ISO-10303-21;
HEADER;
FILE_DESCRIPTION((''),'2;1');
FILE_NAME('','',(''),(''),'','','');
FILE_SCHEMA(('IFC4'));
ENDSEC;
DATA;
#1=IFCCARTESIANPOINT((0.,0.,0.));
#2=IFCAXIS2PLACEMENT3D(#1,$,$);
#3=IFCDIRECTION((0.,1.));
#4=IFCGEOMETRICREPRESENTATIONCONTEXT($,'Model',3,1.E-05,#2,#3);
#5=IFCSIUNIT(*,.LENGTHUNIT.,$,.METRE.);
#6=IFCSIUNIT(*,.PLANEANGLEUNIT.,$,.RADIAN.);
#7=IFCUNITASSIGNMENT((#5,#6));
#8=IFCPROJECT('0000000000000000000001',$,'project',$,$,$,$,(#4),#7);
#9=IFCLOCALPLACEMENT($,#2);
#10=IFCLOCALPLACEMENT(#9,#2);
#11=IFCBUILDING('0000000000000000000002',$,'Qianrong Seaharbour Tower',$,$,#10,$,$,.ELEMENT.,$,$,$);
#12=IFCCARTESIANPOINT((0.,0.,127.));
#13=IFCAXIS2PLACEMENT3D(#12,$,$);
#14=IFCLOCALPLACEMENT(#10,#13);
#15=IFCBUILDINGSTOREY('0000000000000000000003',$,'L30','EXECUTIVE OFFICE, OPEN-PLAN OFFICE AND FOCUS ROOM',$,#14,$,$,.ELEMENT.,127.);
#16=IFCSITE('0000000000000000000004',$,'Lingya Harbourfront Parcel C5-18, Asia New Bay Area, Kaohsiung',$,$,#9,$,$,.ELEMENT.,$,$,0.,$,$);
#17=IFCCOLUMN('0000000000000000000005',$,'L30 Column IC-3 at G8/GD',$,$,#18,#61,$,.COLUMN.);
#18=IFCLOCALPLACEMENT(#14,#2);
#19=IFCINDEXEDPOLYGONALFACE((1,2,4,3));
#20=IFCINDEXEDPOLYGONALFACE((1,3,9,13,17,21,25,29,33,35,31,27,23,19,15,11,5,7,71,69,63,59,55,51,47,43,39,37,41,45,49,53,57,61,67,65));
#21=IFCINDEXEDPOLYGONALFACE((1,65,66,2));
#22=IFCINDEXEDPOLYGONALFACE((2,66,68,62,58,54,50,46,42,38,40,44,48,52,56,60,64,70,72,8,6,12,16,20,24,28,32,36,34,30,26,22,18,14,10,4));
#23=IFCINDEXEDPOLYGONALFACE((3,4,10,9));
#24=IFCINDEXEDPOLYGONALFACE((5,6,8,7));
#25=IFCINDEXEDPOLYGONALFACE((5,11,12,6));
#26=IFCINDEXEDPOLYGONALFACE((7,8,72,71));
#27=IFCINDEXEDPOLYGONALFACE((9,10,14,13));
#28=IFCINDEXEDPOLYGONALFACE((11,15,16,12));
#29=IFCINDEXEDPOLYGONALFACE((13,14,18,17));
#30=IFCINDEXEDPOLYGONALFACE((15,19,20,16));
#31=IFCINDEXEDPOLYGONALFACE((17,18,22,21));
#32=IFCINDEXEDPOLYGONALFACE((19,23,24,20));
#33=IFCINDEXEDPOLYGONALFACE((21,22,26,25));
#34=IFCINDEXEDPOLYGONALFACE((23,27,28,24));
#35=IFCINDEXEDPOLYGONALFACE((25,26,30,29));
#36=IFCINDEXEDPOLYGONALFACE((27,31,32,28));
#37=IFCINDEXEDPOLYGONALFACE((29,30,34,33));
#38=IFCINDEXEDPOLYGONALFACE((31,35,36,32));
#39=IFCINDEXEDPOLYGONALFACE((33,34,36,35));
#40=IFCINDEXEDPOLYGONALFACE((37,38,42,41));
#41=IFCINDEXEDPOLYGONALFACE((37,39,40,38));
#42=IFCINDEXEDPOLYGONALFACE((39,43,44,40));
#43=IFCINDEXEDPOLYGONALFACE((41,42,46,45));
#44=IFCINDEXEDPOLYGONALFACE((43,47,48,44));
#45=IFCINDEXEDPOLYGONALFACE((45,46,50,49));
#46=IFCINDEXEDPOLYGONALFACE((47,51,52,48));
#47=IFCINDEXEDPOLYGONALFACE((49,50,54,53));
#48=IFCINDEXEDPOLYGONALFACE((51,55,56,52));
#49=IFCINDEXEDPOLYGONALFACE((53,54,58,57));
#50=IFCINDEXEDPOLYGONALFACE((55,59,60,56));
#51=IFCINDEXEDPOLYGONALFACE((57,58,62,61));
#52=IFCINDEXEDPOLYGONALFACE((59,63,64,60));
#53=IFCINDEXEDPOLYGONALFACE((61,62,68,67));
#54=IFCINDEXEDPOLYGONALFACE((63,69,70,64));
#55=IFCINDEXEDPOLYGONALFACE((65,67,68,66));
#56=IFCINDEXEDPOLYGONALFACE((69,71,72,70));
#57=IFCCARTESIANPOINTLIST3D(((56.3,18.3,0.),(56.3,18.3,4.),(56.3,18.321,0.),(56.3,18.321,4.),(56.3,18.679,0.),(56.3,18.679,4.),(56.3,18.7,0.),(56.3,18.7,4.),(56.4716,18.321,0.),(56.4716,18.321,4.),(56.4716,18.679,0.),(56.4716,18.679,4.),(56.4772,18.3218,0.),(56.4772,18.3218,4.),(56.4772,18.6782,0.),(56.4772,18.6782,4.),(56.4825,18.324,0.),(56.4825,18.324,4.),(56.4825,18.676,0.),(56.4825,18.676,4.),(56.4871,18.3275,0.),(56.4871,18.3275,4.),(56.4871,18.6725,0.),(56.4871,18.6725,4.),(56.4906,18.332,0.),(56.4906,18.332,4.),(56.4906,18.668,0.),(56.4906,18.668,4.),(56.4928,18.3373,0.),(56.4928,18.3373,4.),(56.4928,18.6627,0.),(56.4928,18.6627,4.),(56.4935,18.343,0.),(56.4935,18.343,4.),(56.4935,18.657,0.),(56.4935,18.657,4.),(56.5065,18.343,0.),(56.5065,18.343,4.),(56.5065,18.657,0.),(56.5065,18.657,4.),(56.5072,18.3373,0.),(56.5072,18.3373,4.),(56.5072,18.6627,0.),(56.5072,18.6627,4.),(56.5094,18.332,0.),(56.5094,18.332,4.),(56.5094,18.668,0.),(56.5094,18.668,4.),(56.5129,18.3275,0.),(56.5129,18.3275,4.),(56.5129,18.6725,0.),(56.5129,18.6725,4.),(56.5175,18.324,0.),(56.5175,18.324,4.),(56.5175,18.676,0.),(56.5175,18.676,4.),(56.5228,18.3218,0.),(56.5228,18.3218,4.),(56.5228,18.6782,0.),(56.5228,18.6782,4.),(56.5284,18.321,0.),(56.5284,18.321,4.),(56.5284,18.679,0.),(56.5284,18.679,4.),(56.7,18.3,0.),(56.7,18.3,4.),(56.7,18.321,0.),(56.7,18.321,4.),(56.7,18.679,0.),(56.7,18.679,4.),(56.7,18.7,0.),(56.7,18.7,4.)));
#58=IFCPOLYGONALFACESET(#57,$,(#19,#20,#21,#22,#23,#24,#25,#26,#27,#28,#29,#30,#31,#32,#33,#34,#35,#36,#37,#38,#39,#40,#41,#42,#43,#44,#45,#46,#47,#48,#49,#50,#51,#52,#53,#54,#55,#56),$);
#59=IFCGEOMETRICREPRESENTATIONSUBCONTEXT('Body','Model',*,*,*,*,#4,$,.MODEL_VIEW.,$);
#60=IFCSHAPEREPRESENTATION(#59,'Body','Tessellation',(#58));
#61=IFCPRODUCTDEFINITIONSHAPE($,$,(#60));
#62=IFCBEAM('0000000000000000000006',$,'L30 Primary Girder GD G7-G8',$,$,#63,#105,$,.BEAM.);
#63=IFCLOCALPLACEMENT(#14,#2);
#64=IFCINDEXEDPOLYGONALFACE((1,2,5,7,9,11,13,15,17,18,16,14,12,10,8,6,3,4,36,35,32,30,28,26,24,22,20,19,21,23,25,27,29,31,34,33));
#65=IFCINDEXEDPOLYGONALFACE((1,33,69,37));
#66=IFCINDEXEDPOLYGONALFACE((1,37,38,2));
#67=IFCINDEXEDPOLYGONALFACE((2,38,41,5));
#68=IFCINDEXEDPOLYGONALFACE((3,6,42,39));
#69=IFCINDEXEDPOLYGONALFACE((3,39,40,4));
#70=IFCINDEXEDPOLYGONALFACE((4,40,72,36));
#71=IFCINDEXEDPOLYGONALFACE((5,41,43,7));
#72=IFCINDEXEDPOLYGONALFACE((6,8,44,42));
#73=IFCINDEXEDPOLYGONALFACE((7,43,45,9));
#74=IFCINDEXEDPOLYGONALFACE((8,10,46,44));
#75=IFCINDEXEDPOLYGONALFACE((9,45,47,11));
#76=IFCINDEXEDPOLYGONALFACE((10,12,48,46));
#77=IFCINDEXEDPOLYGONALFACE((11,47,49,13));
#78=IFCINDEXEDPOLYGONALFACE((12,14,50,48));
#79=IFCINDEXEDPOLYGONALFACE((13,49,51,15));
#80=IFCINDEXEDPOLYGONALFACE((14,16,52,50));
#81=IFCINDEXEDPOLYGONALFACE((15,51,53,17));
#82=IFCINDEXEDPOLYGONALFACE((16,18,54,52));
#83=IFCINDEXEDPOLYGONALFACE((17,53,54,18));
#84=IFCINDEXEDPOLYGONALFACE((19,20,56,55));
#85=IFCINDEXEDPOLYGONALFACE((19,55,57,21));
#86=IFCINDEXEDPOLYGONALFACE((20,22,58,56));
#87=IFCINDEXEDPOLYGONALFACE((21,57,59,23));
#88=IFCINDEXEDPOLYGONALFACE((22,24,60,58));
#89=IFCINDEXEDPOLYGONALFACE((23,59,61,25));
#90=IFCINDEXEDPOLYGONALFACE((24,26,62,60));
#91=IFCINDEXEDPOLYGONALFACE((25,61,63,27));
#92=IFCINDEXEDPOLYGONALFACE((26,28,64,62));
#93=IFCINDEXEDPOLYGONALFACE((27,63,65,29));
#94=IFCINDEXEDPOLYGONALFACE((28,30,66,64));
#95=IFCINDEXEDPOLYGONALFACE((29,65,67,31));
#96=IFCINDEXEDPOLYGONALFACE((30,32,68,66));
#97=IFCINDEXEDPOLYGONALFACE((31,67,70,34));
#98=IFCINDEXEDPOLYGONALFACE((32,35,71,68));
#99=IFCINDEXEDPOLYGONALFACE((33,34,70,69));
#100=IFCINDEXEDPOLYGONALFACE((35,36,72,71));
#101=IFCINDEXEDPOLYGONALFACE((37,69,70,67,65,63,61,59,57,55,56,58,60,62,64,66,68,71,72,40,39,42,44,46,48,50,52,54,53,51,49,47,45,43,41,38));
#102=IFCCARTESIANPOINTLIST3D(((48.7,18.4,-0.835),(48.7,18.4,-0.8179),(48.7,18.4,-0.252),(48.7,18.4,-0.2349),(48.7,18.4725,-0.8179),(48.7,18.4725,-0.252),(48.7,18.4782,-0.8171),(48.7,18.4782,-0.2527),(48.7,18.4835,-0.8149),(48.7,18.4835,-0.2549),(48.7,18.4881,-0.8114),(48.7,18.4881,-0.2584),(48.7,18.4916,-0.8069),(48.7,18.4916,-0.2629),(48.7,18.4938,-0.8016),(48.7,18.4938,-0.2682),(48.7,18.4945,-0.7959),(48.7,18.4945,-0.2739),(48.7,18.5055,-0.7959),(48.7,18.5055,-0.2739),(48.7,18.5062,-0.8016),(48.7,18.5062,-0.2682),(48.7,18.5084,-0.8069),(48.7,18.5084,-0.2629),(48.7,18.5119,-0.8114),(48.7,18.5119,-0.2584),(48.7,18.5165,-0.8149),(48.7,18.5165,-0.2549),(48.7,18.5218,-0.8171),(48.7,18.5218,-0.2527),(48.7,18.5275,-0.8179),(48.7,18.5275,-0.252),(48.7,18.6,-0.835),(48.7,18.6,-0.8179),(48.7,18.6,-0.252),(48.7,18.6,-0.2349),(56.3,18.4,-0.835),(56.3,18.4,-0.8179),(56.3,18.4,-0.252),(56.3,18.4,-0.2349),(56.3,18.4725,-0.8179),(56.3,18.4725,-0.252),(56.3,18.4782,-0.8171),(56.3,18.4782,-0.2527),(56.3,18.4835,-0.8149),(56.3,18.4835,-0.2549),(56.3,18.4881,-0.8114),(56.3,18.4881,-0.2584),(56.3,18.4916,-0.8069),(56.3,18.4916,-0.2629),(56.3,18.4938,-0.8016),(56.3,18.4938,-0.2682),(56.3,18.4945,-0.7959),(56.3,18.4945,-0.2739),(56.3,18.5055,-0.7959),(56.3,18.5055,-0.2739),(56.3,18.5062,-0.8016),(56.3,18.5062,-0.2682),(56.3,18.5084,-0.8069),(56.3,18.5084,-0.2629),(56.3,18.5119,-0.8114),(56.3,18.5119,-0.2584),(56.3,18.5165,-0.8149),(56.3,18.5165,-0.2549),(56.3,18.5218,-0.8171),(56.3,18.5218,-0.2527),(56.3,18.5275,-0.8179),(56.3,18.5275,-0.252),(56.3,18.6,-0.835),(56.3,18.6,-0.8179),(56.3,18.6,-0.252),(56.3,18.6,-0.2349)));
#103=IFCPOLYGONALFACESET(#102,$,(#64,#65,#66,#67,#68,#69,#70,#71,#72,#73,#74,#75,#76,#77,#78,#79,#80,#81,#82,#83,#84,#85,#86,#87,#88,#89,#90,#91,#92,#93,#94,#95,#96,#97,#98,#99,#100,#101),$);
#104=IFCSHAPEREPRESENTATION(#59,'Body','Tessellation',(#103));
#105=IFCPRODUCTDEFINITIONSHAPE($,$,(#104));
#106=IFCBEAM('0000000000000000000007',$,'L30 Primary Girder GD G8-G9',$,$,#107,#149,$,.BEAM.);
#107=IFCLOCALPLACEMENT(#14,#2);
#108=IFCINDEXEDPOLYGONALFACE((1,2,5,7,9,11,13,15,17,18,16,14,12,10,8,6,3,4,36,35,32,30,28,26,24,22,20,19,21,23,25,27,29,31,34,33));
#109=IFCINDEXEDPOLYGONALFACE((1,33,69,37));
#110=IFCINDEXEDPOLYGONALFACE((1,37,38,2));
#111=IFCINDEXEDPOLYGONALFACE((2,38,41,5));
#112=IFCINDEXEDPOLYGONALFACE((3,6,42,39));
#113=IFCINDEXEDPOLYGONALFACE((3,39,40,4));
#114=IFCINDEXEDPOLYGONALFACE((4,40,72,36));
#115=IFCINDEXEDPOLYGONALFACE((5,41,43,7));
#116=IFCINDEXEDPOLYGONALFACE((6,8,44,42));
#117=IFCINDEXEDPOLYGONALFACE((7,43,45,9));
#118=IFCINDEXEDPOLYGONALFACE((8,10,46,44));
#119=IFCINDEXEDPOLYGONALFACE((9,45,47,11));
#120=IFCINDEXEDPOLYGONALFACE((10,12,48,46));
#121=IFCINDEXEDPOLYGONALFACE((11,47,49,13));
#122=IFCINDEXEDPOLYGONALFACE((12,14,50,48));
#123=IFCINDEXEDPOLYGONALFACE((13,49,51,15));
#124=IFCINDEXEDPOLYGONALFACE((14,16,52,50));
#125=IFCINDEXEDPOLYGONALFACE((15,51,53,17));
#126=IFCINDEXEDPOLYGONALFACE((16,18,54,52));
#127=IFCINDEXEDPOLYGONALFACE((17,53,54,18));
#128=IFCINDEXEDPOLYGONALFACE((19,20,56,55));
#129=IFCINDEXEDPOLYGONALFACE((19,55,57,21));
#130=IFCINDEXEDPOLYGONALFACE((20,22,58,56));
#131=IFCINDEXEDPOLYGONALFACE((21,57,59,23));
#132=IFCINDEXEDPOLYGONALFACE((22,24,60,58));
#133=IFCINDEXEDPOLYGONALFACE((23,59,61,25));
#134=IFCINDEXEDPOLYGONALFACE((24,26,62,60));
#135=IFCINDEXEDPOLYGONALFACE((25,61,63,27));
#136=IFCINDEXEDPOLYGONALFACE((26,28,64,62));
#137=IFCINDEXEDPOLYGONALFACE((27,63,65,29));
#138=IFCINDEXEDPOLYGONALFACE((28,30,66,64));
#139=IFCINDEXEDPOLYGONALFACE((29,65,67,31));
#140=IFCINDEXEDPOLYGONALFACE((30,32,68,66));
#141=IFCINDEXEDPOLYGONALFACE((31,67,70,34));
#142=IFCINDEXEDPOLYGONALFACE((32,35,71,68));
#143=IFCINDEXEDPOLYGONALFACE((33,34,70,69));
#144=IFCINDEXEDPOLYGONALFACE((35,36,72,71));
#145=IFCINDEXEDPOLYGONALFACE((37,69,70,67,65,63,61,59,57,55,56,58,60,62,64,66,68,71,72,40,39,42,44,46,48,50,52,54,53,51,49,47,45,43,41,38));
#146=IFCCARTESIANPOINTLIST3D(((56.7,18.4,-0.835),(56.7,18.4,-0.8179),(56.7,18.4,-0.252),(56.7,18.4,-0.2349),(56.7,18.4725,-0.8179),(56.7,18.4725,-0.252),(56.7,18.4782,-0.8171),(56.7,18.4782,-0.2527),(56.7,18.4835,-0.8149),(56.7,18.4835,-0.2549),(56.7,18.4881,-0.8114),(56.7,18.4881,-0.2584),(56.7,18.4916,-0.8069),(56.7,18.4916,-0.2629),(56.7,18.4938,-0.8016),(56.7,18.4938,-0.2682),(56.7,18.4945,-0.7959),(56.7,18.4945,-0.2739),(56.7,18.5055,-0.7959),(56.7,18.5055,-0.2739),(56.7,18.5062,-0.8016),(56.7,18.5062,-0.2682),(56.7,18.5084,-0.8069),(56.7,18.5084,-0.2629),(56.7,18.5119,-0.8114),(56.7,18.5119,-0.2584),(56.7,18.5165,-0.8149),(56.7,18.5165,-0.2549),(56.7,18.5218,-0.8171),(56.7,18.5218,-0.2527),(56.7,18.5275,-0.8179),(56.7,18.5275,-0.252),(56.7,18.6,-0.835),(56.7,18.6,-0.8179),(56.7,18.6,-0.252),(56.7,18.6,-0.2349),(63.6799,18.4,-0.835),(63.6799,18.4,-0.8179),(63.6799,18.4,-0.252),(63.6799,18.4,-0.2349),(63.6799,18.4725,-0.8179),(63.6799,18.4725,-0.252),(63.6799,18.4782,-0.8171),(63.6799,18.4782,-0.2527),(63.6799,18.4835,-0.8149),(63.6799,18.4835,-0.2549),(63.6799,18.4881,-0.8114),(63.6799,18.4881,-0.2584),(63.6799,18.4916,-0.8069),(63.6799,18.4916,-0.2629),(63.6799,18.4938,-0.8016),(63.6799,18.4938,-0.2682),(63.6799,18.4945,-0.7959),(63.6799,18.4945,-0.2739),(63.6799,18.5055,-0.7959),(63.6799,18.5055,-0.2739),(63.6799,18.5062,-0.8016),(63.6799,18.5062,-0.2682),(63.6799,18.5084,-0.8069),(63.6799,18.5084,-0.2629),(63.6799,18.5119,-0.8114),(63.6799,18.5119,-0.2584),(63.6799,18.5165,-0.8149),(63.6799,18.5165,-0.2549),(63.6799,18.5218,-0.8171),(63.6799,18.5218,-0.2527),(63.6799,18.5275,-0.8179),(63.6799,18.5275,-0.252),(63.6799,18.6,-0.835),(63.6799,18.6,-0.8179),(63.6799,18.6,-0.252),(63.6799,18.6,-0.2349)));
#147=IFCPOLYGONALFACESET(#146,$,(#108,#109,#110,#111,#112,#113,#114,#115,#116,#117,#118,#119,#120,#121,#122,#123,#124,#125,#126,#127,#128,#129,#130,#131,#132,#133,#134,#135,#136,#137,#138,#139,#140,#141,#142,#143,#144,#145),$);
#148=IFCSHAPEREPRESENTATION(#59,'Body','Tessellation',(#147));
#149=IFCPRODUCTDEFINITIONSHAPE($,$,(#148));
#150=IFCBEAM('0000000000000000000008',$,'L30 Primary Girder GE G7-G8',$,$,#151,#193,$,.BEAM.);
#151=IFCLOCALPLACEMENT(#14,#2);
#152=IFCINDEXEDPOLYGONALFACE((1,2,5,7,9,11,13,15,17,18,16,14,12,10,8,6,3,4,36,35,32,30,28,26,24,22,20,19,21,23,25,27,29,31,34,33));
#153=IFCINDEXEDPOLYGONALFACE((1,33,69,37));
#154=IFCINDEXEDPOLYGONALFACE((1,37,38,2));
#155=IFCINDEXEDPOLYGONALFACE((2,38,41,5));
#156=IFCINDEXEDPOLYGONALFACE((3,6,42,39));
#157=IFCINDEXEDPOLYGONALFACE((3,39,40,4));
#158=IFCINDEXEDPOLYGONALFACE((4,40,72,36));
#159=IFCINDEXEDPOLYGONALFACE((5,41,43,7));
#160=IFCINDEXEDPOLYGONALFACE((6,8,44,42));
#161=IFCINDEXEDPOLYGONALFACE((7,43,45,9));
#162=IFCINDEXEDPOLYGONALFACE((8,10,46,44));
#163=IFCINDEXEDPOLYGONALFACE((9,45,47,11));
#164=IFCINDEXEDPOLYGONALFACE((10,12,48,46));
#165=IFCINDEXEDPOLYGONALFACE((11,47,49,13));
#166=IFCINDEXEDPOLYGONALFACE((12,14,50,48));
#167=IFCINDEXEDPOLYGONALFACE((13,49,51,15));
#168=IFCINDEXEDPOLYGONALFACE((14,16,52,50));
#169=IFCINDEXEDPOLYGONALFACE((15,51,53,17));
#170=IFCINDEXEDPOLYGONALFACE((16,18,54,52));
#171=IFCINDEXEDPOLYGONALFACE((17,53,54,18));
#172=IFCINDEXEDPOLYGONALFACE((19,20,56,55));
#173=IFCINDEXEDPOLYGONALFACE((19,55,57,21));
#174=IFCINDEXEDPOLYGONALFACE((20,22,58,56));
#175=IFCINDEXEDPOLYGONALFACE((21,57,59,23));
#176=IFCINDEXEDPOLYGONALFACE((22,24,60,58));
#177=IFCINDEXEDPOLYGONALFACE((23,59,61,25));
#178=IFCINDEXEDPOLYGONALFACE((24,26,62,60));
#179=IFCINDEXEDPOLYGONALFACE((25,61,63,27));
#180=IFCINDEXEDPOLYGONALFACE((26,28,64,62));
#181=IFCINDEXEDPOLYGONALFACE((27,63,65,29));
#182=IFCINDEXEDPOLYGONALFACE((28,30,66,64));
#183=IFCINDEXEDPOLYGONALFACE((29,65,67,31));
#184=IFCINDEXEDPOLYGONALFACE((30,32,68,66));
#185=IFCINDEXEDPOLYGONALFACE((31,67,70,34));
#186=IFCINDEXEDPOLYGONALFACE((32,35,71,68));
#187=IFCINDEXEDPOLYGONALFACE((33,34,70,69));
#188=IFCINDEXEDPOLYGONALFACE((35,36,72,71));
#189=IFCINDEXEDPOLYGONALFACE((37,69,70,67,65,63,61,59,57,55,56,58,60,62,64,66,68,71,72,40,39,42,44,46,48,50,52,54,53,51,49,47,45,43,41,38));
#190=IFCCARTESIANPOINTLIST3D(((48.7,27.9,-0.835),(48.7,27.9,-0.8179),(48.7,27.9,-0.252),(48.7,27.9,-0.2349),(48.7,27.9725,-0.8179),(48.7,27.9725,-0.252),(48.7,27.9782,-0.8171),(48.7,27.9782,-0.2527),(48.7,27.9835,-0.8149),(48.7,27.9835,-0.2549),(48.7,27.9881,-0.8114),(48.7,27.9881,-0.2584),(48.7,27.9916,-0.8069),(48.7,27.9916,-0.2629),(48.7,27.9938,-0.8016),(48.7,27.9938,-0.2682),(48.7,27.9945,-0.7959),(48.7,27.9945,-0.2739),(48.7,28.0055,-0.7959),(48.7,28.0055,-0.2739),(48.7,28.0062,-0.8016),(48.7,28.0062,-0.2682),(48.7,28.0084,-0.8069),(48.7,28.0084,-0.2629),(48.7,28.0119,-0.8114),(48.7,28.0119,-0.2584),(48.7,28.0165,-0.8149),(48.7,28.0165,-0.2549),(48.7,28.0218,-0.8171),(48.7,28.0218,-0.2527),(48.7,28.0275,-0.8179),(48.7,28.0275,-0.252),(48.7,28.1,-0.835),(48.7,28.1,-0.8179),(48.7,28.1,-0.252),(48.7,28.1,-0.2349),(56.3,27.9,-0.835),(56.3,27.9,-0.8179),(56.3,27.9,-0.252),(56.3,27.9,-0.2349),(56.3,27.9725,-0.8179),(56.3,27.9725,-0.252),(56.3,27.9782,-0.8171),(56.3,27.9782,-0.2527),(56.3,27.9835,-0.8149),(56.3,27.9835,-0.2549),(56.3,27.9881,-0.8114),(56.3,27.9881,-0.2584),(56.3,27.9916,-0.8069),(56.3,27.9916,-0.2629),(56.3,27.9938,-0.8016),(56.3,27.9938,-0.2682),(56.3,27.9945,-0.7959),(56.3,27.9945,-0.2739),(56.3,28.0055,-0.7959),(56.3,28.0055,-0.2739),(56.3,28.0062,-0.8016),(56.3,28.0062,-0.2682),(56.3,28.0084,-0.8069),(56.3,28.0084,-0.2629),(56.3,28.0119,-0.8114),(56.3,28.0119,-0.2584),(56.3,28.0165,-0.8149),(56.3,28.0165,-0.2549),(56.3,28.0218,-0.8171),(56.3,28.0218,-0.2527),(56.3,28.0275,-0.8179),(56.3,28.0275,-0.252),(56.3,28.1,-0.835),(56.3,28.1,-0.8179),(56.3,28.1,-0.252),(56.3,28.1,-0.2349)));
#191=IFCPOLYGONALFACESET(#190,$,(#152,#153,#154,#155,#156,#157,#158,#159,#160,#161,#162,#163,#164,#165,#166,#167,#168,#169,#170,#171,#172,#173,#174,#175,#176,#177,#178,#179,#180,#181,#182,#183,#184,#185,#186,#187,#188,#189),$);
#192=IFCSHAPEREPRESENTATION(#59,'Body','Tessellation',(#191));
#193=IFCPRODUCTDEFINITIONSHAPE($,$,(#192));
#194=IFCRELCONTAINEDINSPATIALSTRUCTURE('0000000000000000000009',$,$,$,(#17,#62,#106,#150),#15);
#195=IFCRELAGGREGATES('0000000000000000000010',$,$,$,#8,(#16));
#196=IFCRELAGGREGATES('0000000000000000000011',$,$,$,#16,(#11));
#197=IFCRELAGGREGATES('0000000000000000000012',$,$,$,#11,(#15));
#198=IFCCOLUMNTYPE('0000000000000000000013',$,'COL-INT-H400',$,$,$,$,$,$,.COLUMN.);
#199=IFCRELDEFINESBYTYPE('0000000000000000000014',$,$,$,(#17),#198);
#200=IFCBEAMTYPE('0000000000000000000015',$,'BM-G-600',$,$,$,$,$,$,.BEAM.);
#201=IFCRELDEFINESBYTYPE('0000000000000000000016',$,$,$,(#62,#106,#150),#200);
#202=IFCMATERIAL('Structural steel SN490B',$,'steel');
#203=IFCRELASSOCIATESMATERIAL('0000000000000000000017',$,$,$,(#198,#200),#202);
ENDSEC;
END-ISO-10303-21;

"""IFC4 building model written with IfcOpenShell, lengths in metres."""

from ifc_helpers import new_model, si_unit, direction, frame, origin, origin_2d, place, context, subcontext, project, spatial, i_section, extrude, material, material_profile, profile_set, type_object, element, save


model = new_model("IFC4")

# Units and contexts
model_context = context("Model", 3, precision=1e-05, world=origin(), true_north=direction((0.0, 1.0)))
body_context = subcontext(model_context, "Body", "Model", "MODEL_VIEW")
ifc_project = project(units=[si_unit("LENGTHUNIT", "METRE"), si_unit("PLANEANGLEUNIT", "RADIAN")], contexts=[model_context])

# Site, building, storey
site_placement = place(None, origin())
site = spatial("IfcSite", under=ifc_project, at=site_placement, Name="Lingya Harbourfront Parcel C5-18, Asia New Bay Area, Kaohsiung", CompositionType="ELEMENT", RefElevation=0.0)
building_placement = place(site_placement, origin())
building = spatial("IfcBuilding", under=site, at=building_placement, Name="Qianrong Seaharbour Tower", CompositionType="ELEMENT")
storey_placement = place(building_placement, frame((0.0, 0.0, 127.0)))
storey = spatial("IfcBuildingStorey", under=building, at=storey_placement, Name="L30", Description="EXECUTIVE OFFICE, OPEN-PLAN OFFICE AND FOCUS ROOM", CompositionType="ELEMENT", Elevation=127.0)

# Column
ifc_material_1 = material(Name="Structural steel SN490B", Category="steel")
ifc_material_profile_1 = material_profile(ifc_material_1, i_section(OverallWidth=0.3999, OverallDepth=0.3999, WebThickness=0.0129, FlangeThickness=0.021, FilletRadius=0.022, at=origin_2d()), Name="H400x400x13x21")
ifc_profile_set_1 = profile_set([ifc_material_profile_1], Name="Structural steel SN490B")
column_type = type_object("IfcColumnType", Name="COL-INT-H400", PredefinedType="COLUMN", material=ifc_profile_set_1)
column_placement = place(storey_placement, frame((56.5, 18.5, 0.0), z_axis=(0.0, 0.0, 1.0), x_axis=(1.0, 0.0, 0.0)))
element("IfcColumn", 1, at=column_placement, inside=storey, type_object=column_type, Name="L30 Column IC-3 at G8/GD", PredefinedType="COLUMN", context=body_context, shape_type="SweptSolid", body=[
    extrude(i_section(OverallWidth=0.3999, OverallDepth=0.3999, WebThickness=0.0129, FlangeThickness=0.021, FilletRadius=0.022, at=origin_2d()), origin(), (0.0, 0.0, 1.0), 4.0),
])

# Beams
ifc_material_profile_2 = material_profile(ifc_material_1, i_section(OverallWidth=0.2, OverallDepth=0.6001, WebThickness=0.011, FlangeThickness=0.0171, FilletRadius=0.022, at=origin_2d()), Name="H600x200x11x17")
ifc_profile_set_2 = profile_set([ifc_material_profile_2], Name="Structural steel SN490B")
beam_type_1 = type_object("IfcBeamType", Name="BM-G-600", PredefinedType="BEAM", material=ifc_profile_set_2)
beam_1_placement = place(storey_placement, frame((48.7, 18.5, -0.5349), z_axis=(1.0, 0.0, 0.0), x_axis=(0.0, 1.0, 0.0)))
element("IfcBeam", 2, at=beam_1_placement, inside=storey, type_object=beam_type_1, Name="L30 Primary Girder GD G7-G8", PredefinedType="BEAM", context=body_context, shape_type="SweptSolid", body=[
    extrude(i_section(OverallWidth=0.2, OverallDepth=0.6001, WebThickness=0.011, FlangeThickness=0.0171, FilletRadius=0.022, at=origin_2d()), origin(), (0.0, 0.0, 1.0), 7.6001),
])
beam_2_placement = place(storey_placement, frame((56.7, 18.5, -0.5349), z_axis=(1.0, 0.0, 0.0), x_axis=(0.0, 1.0, 0.0)))
element("IfcBeam", 3, at=beam_2_placement, inside=storey, type_object=beam_type_1, Name="L30 Primary Girder GD G8-G9", PredefinedType="BEAM", context=body_context, shape_type="SweptSolid", body=[
    extrude(i_section(OverallWidth=0.2, OverallDepth=0.6001, WebThickness=0.011, FlangeThickness=0.0171, FilletRadius=0.022, at=origin_2d()), origin(), (0.0, 0.0, 1.0), 6.98),
])
beam_3_placement = place(storey_placement, frame((48.7, 28.0, -0.5349), z_axis=(1.0, 0.0, 0.0), x_axis=(0.0, 1.0, 0.0)))
element("IfcBeam", 4, at=beam_3_placement, inside=storey, type_object=beam_type_1, Name="L30 Primary Girder GE G7-G8", PredefinedType="BEAM", context=body_context, shape_type="SweptSolid", body=[
    extrude(i_section(OverallWidth=0.2, OverallDepth=0.6001, WebThickness=0.011, FlangeThickness=0.0171, FilletRadius=0.022, at=origin_2d()), origin(), (0.0, 0.0, 1.0), 7.6001),
])

save(model, "model.ifc")
